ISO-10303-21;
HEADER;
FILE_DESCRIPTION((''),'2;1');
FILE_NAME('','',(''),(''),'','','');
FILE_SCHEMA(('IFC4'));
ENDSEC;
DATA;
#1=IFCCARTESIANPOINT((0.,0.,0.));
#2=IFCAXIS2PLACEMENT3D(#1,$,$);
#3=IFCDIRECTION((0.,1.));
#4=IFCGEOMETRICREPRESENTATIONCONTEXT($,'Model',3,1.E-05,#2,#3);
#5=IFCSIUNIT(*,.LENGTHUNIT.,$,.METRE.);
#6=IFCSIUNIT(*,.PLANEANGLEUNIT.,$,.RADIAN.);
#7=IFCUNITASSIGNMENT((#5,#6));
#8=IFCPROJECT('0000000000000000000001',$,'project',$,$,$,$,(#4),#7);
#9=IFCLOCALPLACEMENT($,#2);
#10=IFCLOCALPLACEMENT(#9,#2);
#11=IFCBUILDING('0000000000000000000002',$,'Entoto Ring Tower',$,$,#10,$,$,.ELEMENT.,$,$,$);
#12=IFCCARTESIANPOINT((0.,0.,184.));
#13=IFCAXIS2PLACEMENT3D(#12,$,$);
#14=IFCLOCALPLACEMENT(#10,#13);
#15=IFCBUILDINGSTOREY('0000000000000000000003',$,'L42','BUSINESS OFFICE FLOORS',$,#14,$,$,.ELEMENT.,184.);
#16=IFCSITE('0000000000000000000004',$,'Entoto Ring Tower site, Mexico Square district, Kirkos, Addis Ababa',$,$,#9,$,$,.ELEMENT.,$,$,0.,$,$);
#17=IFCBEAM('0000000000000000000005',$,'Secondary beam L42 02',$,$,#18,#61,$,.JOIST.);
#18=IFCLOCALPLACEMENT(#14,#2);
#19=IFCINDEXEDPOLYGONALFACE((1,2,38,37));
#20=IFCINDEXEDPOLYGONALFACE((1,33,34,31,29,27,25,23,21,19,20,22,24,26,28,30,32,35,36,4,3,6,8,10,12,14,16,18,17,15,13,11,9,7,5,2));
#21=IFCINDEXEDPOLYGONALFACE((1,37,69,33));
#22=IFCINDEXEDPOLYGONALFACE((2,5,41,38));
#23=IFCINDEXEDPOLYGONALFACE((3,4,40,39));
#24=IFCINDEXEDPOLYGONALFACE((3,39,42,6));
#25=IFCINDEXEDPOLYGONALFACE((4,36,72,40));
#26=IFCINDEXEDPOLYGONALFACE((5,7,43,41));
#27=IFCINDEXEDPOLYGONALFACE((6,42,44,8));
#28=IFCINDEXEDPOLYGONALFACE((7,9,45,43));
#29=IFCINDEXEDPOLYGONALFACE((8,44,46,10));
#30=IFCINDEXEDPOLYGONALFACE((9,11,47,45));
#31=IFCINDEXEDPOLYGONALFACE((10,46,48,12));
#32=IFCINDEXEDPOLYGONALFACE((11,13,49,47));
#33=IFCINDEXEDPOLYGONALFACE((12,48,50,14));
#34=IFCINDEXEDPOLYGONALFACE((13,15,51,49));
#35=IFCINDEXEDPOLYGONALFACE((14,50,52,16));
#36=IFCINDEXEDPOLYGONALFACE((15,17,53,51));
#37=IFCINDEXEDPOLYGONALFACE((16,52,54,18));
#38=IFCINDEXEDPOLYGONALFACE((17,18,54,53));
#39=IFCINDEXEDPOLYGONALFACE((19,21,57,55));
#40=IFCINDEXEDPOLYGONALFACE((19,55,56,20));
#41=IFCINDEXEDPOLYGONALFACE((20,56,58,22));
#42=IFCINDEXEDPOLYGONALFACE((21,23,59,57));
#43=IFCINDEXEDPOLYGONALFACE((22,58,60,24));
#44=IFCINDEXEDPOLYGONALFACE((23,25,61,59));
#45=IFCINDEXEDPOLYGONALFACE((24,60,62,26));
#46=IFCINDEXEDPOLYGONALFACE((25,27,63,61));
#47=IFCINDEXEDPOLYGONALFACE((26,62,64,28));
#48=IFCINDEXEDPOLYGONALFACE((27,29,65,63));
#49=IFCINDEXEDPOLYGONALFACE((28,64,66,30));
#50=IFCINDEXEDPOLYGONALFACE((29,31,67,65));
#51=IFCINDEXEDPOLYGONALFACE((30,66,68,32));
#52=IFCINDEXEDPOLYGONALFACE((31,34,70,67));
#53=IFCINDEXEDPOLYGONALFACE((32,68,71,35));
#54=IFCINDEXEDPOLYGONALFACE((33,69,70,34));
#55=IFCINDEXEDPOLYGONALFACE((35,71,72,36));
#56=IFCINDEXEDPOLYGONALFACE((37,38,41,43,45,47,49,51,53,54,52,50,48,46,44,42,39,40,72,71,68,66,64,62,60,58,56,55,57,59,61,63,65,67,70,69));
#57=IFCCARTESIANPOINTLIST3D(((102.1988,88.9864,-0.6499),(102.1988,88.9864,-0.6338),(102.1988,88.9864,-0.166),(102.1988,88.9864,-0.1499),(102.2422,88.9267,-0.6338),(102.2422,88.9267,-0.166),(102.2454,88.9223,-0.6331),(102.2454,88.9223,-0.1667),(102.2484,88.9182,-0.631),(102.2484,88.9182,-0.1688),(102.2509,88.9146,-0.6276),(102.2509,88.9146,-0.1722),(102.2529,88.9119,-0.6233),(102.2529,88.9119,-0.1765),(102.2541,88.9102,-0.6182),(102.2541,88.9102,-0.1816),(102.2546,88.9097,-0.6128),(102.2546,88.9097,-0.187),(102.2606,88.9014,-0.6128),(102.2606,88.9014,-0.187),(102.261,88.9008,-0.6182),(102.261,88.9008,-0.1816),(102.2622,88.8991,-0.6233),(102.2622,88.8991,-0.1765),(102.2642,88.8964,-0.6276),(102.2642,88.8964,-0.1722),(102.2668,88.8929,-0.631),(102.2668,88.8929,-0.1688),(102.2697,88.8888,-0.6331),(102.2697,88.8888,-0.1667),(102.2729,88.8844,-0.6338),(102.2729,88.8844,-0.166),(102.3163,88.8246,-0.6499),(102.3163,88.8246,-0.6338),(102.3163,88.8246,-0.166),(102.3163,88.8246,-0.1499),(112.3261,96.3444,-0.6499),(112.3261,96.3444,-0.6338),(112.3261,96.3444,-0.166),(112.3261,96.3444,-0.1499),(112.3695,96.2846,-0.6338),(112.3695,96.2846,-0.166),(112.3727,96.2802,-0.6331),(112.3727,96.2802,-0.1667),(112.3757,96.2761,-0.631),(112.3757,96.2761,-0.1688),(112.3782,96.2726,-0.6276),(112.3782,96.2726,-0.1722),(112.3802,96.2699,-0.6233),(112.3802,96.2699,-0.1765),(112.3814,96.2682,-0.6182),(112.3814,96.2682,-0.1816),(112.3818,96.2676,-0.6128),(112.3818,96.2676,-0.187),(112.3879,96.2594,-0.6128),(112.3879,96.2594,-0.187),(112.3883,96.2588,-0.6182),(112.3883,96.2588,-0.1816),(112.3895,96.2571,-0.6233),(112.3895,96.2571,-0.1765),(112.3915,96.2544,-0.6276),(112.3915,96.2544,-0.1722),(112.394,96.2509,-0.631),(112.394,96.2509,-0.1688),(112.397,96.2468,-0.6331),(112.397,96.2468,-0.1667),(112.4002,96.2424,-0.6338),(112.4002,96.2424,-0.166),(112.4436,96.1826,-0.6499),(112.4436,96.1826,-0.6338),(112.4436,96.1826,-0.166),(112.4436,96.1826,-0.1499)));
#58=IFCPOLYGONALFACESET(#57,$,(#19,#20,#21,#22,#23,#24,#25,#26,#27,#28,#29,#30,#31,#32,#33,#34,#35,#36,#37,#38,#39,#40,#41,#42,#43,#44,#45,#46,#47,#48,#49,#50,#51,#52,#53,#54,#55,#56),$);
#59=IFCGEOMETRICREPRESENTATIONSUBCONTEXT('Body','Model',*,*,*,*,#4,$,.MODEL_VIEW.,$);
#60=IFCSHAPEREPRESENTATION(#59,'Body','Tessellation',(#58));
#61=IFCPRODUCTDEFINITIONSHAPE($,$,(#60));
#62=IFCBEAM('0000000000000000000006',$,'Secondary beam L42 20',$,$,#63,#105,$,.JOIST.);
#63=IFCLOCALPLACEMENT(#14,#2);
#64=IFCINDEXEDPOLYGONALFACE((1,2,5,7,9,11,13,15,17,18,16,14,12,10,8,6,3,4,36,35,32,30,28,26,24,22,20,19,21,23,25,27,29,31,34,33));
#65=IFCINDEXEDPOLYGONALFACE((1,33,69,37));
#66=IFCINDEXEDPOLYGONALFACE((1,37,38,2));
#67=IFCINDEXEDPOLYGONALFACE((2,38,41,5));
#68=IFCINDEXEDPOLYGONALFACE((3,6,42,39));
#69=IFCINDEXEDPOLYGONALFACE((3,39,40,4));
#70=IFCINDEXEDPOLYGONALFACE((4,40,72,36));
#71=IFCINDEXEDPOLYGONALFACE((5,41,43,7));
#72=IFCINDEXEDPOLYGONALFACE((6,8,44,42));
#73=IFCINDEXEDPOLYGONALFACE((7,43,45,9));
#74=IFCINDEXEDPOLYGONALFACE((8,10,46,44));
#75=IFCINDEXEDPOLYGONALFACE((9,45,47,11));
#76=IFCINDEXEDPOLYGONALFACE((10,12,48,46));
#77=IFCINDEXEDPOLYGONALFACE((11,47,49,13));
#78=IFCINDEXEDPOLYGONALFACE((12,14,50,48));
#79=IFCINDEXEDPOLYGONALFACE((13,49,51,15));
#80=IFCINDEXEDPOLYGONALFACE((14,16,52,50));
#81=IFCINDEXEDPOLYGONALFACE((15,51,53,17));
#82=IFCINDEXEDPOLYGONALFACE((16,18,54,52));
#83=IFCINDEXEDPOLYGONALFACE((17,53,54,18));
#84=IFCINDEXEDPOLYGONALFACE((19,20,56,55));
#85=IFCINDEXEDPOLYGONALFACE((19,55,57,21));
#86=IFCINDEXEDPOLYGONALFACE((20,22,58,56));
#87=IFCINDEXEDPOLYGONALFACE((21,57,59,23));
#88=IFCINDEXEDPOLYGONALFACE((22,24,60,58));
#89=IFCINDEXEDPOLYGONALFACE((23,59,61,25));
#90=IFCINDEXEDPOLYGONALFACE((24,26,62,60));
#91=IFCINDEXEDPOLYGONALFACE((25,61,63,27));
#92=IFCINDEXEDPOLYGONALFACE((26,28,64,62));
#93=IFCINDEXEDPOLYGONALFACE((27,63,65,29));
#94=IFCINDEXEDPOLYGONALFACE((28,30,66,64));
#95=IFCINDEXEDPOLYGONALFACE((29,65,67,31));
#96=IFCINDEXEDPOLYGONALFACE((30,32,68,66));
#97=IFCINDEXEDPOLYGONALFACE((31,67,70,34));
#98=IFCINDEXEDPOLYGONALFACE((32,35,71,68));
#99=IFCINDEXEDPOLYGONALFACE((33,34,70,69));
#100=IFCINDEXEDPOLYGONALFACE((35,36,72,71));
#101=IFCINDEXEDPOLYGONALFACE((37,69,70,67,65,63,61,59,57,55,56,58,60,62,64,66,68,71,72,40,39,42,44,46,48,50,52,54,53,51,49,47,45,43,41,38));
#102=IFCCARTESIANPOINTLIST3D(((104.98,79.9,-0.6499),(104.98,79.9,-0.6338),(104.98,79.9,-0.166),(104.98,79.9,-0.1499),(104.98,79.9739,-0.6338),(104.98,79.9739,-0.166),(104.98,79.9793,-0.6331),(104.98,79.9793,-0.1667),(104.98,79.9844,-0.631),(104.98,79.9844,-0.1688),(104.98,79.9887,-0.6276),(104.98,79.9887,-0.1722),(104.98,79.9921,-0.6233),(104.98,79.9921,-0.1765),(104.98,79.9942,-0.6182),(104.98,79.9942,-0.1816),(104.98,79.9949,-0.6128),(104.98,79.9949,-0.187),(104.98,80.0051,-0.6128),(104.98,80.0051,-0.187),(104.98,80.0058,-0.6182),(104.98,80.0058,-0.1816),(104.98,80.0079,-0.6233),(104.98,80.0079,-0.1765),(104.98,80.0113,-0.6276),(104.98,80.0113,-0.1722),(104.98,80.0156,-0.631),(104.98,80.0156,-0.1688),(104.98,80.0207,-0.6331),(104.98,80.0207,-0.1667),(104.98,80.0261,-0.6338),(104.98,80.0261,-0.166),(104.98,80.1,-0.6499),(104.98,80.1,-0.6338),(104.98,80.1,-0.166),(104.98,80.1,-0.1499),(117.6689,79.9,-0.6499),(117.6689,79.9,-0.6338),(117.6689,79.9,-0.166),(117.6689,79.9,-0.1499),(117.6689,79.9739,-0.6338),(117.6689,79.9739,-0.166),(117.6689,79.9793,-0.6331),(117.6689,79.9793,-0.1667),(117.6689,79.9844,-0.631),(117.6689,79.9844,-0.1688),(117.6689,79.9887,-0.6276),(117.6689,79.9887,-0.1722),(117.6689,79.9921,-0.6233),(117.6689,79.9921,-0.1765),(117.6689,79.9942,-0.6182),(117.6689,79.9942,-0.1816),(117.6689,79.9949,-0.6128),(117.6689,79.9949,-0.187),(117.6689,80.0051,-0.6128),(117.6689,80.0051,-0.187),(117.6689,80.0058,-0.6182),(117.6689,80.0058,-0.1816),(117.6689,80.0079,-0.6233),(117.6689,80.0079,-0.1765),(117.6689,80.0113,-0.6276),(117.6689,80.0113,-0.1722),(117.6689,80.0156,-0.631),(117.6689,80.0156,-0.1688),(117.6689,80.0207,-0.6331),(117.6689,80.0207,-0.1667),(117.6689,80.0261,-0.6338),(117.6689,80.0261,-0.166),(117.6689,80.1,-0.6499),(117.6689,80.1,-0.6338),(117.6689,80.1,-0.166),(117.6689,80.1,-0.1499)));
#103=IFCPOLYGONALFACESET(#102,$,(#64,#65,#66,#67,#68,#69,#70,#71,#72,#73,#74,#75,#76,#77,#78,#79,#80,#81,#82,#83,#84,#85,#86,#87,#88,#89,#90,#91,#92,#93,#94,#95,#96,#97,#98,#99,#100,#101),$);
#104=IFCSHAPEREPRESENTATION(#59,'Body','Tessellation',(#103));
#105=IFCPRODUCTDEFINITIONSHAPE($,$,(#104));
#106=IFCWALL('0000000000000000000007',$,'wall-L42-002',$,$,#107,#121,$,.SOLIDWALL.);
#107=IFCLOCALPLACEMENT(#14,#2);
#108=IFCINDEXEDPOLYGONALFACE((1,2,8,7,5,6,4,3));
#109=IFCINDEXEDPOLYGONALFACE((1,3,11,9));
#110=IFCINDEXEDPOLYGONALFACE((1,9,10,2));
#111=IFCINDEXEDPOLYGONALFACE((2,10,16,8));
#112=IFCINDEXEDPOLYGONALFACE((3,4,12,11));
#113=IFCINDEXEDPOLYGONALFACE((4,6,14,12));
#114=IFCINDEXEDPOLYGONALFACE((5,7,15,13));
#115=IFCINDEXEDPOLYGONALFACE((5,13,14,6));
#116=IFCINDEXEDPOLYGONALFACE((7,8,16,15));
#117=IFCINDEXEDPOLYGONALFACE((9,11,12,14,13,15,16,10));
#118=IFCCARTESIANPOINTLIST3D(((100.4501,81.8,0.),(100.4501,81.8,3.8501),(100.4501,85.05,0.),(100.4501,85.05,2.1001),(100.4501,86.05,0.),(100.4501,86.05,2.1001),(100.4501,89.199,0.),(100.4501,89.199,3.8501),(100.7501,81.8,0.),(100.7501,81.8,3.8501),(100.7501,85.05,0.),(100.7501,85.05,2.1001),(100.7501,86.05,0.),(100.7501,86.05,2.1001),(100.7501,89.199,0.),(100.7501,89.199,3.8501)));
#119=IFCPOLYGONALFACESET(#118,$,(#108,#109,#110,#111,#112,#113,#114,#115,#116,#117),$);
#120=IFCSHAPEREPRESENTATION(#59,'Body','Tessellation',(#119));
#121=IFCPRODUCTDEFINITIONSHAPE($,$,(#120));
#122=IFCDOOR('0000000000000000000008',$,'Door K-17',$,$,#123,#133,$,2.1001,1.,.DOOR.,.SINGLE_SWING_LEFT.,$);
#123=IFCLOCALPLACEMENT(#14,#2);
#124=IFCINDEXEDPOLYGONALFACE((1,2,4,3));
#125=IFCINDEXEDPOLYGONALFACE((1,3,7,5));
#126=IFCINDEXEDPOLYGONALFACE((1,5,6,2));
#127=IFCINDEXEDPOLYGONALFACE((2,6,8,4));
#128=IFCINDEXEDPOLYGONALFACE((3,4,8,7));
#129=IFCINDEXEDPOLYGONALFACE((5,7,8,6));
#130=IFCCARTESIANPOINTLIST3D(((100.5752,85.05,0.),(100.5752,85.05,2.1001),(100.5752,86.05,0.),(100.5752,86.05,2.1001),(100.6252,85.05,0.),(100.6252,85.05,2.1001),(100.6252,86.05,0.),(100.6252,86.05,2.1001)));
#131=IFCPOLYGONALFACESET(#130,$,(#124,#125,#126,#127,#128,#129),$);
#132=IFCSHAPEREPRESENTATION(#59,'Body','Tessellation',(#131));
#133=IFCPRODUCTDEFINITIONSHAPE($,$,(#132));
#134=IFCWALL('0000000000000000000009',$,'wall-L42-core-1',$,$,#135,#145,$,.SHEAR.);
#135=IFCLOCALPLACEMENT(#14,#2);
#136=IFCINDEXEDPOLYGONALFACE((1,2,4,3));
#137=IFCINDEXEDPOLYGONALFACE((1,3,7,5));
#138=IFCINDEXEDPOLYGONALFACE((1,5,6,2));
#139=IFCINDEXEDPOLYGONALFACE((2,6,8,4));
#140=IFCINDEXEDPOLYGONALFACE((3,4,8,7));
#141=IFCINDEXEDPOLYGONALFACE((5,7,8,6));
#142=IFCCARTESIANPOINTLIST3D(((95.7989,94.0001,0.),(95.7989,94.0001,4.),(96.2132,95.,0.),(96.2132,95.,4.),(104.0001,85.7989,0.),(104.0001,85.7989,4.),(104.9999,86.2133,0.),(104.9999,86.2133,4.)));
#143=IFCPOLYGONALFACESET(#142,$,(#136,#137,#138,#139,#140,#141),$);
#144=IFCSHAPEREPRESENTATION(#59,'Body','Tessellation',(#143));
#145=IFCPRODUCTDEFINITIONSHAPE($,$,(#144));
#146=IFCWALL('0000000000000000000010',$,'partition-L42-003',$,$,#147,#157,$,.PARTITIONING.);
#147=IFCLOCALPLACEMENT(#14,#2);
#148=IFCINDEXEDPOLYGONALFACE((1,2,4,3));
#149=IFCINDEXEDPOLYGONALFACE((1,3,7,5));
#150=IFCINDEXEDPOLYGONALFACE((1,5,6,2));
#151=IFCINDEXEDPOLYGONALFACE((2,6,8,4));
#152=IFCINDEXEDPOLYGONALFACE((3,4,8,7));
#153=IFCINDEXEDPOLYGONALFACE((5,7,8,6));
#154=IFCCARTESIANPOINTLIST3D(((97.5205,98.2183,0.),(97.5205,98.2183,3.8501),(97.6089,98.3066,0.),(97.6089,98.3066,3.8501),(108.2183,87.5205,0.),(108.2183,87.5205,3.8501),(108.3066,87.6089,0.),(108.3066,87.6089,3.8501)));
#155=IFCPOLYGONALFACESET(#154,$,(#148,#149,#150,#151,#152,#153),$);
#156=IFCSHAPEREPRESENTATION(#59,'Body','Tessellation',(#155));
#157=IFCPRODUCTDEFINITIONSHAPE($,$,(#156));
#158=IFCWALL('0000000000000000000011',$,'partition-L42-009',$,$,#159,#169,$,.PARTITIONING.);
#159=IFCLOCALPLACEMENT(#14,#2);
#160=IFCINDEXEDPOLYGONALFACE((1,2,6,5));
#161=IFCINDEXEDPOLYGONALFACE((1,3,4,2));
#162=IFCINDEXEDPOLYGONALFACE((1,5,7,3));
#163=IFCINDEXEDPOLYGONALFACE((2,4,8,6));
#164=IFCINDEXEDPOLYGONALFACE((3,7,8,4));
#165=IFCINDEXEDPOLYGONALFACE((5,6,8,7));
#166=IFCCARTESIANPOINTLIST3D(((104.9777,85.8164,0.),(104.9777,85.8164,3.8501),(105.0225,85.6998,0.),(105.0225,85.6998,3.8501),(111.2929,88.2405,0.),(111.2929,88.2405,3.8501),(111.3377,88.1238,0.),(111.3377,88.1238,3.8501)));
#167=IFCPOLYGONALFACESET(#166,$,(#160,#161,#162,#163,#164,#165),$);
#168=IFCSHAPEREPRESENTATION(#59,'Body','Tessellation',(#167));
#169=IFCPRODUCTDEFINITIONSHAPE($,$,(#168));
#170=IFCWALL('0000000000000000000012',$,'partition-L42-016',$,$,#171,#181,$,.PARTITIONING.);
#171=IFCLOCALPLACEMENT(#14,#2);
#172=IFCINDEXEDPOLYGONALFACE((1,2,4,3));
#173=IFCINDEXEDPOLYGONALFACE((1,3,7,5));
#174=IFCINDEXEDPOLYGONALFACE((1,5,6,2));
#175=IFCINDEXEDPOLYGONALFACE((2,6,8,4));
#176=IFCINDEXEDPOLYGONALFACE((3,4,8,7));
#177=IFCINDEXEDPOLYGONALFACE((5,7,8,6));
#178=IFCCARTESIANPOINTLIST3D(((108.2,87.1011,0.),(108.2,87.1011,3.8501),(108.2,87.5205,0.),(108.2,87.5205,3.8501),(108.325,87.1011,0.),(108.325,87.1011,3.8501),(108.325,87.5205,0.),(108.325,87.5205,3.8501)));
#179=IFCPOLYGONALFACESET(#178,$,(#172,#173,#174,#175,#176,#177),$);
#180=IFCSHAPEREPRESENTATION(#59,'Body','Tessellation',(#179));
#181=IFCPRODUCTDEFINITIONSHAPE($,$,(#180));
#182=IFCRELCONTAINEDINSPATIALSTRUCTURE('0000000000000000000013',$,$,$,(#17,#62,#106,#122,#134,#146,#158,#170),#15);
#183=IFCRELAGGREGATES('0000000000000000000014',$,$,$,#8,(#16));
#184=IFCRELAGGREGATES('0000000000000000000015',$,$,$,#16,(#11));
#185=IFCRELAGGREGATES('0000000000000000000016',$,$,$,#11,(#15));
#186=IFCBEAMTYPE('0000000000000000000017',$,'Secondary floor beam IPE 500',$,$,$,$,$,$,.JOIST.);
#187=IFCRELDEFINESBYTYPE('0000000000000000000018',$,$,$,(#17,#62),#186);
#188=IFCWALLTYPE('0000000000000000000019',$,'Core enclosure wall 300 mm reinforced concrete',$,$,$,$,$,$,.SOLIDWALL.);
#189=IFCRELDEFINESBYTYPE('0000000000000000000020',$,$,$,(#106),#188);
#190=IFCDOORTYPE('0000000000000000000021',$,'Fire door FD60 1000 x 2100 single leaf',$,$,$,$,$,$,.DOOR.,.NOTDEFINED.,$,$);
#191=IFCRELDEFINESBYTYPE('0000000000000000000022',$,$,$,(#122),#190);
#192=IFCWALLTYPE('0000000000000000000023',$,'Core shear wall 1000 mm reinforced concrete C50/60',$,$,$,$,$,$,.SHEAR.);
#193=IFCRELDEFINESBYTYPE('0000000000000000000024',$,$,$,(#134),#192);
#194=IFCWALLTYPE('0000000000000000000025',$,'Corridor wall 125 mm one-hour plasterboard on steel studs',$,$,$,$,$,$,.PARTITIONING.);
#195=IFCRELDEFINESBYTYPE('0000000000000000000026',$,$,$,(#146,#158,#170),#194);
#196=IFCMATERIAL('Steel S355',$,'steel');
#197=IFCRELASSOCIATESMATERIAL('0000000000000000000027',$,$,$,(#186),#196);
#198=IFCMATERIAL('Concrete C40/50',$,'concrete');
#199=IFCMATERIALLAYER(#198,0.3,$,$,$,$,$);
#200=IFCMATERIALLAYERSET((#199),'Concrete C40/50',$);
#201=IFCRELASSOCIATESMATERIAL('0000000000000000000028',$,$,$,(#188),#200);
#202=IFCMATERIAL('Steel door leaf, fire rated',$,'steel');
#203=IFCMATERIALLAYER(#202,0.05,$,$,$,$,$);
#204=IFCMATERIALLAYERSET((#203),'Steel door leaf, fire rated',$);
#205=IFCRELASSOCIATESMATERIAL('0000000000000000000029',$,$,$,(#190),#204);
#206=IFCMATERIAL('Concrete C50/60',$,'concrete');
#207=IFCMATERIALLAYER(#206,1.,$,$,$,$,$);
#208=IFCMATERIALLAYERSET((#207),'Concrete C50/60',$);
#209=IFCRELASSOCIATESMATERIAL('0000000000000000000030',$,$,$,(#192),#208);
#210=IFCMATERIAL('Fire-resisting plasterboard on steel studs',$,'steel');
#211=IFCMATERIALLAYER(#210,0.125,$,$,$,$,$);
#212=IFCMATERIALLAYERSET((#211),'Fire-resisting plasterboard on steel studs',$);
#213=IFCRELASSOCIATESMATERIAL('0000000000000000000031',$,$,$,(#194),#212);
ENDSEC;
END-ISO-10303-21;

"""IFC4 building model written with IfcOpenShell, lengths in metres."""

from ifc_helpers import new_model, si_unit, direction, frame, frame_2d, origin, origin_2d, place, context, subcontext, project, spatial, polyline, rectangle, i_section, outline, extrude, material, layer, layer_set, material_profile, profile_set, type_object, element, fill, save


model = new_model("IFC4")

# Units and contexts
model_context = context("Model", 3, precision=1e-05, world=origin(), true_north=direction((0.0, 1.0)))
body_context = subcontext(model_context, "Body", "Model", "MODEL_VIEW")
ifc_project = project(units=[si_unit("LENGTHUNIT", "METRE"), si_unit("PLANEANGLEUNIT", "RADIAN")], contexts=[model_context])

# Site, building, storey
site_placement = place(None, origin())
site = spatial("IfcSite", under=ifc_project, at=site_placement, Name="Entoto Ring Tower site, Mexico Square district, Kirkos, Addis Ababa", CompositionType="ELEMENT", RefElevation=0.0)
building_placement = place(site_placement, origin())
building = spatial("IfcBuilding", under=site, at=building_placement, Name="Entoto Ring Tower", CompositionType="ELEMENT")
storey_placement = place(building_placement, frame((0.0, 0.0, 184.0)))
storey = spatial("IfcBuildingStorey", under=building, at=storey_placement, Name="L42", Description="BUSINESS OFFICE FLOORS", CompositionType="ELEMENT", Elevation=184.0)

# Beams
ifc_material_1 = material(Name="Steel S355", Category="steel")
ifc_material_profile_1 = material_profile(ifc_material_1, i_section(OverallWidth=0.2, OverallDepth=0.5, WebThickness=0.0103, FlangeThickness=0.0161, FilletRadius=0.021, at=origin_2d()), Name="IPE 500")
ifc_profile_set_1 = profile_set([ifc_material_profile_1], Name="Steel S355")
beam_type_1 = type_object("IfcBeamType", Name="Secondary floor beam IPE 500", PredefinedType="JOIST", material=ifc_profile_set_1)
beam_1_placement = place(storey_placement, frame((102.2576, 88.9055, -0.3999), z_axis=(0.809014, 0.587789, 0.0), x_axis=(-0.587789, 0.809014, 0.0)))
element("IfcBeam", 1, at=beam_1_placement, inside=storey, type_object=beam_type_1, Name="Secondary beam L42 02", PredefinedType="JOIST", context=body_context, shape_type="SweptSolid", body=[
    extrude(i_section(OverallWidth=0.2, OverallDepth=0.5, WebThickness=0.0103, FlangeThickness=0.0161, FilletRadius=0.021, at=origin_2d()), origin(), (0.0, 0.0, 1.0), 12.5181),
])
beam_2_placement = place(storey_placement, frame((104.98, 80.0, -0.3999), z_axis=(1.0, 0.0, 0.0), x_axis=(0.0, 1.0, 0.0)))
element("IfcBeam", 2, at=beam_2_placement, inside=storey, type_object=beam_type_1, Name="Secondary beam L42 20", PredefinedType="JOIST", context=body_context, shape_type="SweptSolid", body=[
    extrude(i_section(OverallWidth=0.2, OverallDepth=0.5, WebThickness=0.0103, FlangeThickness=0.0161, FilletRadius=0.021, at=origin_2d()), origin(), (0.0, 0.0, 1.0), 12.689),
])

# Wall, opening, door
ifc_material_2 = material(Name="Concrete C40/50", Category="concrete")
ifc_layer_1 = layer(ifc_material_2, 0.3)
ifc_layer_set_1 = layer_set([ifc_layer_1], Name="Concrete C40/50")
wall_type_1 = type_object("IfcWallType", Name="Core enclosure wall 300 mm reinforced concrete", PredefinedType="SOLIDWALL", material=ifc_layer_set_1)
wall_1_placement = place(storey_placement, frame((100.6001, 81.8, 0.0), z_axis=(0.0, 0.0, 1.0), x_axis=(0.0, 1.0, 0.0)))
wall_1 = element("IfcWall", 3, at=wall_1_placement, inside=storey, type_object=wall_type_1, Name="wall-L42-002", PredefinedType="SOLIDWALL", context=body_context, shape_type="SweptSolid", body=[
    extrude(rectangle(XDim=7.3989, YDim=0.3, at=frame_2d((3.6995, 0.0))), origin(), (0.0, 0.0, 1.0), 3.8501),
])
opening_1_placement = place(wall_1_placement, frame((3.25, 0.0, 0.0)))
opening_1 = element("IfcOpeningElement", 4, at=opening_1_placement, cuts=wall_1, PredefinedType="OPENING", context=body_context, shape_type="SweptSolid", body=[
    extrude(rectangle(XDim=1.0, YDim=2.1001, at=frame_2d((0.5, 1.05))), frame((0.0, 0.1602, 0.0), z_axis=(0.0, -1.0, 0.0), x_axis=(1.0, 0.0, 0.0)), (0.0, 0.0, 1.0), 0.3201),
])
ifc_material_3 = material(Name="Steel door leaf, fire rated", Category="steel")
ifc_layer_2 = layer(ifc_material_3, 0.05)
ifc_layer_set_2 = layer_set([ifc_layer_2], Name="Steel door leaf, fire rated")
door_type_1 = type_object("IfcDoorType", Name="Fire door FD60 1000 x 2100 single leaf", OperationType="NOTDEFINED", PredefinedType="DOOR", material=ifc_layer_set_2)
door_1_placement = place(opening_1_placement, origin())
door_1 = element("IfcDoor", 5, at=door_1_placement, inside=storey, type_object=door_type_1, Name="Door K-17", OperationType="SINGLE_SWING_LEFT", OverallHeight=2.1001, OverallWidth=1.0, PredefinedType="DOOR", context=body_context, shape_type="SweptSolid", body=[
    extrude(rectangle(XDim=1.0, YDim=2.1001, at=frame_2d((0.5, 1.05))), frame((0.0, 0.0249, 0.0), z_axis=(0.0, -1.0, 0.0), x_axis=(1.0, 0.0, 0.0)), (0.0, 0.0, 1.0), 0.05),
])
fill(opening_1, door_1)

# Walls
ifc_material_4 = material(Name="Concrete C50/60", Category="concrete")
ifc_layer_3 = layer(ifc_material_4, 1.0)
ifc_layer_set_3 = layer_set([ifc_layer_3], Name="Concrete C50/60")
wall_type_2 = type_object("IfcWallType", Name="Core shear wall 1000 mm reinforced concrete C50/60", PredefinedType="SHEAR", material=ifc_layer_set_3)
wall_2_placement = place(storey_placement, frame((104.5, 86.0061, 0.0), z_axis=(0.0, 0.0, 1.0), x_axis=(-0.707107, 0.707107, 0.0)))
element("IfcWall", 6, at=wall_2_placement, inside=storey, type_object=wall_type_2, Name="wall-L42-core-1", PredefinedType="SHEAR", context=body_context, shape_type="SweptSolid", body=[
    extrude(outline(polyline([(-0.207, -0.5), (12.2192, -0.5), (11.8052, 0.5), (0.207, 0.5), (-0.207, -0.5)])), origin(), (0.0, 0.0, 1.0), 4.0),
])
ifc_material_5 = material(Name="Fire-resisting plasterboard on steel studs", Category="steel")
ifc_layer_4 = layer(ifc_material_5, 0.125)
ifc_layer_set_4 = layer_set([ifc_layer_4], Name="Fire-resisting plasterboard on steel studs")
wall_type_3 = type_object("IfcWallType", Name="Corridor wall 125 mm one-hour plasterboard on steel studs", PredefinedType="PARTITIONING", material=ifc_layer_set_4)
wall_3_placement = place(storey_placement, frame((108.2625, 87.5647, 0.0), z_axis=(0.0, 0.0, 1.0), x_axis=(-0.707107, 0.707107, 0.0)))
element("IfcWall", 7, at=wall_3_placement, inside=storey, type_object=wall_type_3, Name="partition-L42-003", PredefinedType="PARTITIONING", context=body_context, shape_type="SweptSolid", body=[
    extrude(rectangle(XDim=15.1289, YDim=0.125, at=frame_2d((7.5645, 0.0))), origin(), (0.0, 0.0, 1.0), 3.8501),
])
wall_4_placement = place(storey_placement, frame((105.0, 85.7581, 0.0), z_axis=(0.0, 0.0, 1.0), x_axis=(0.933585, 0.358355, 0.0)))
element("IfcWall", 8, at=wall_4_placement, inside=storey, type_object=wall_type_3, Name="partition-L42-009", PredefinedType="PARTITIONING", context=body_context, shape_type="SweptSolid", body=[
    extrude(rectangle(XDim=6.7644, YDim=0.125, at=frame_2d((3.3823, 0.0))), origin(), (0.0, 0.0, 1.0), 3.8501),
])
wall_5_placement = place(storey_placement, frame((108.2625, 87.1011, 0.0), z_axis=(0.0, 0.0, 1.0), x_axis=(0.0, 1.0, 0.0)))
element("IfcWall", 9, at=wall_5_placement, inside=storey, type_object=wall_type_3, Name="partition-L42-016", PredefinedType="PARTITIONING", context=body_context, shape_type="SweptSolid", body=[
    extrude(rectangle(XDim=0.4194, YDim=0.125, at=frame_2d((0.2097, 0.0))), origin(), (0.0, 0.0, 1.0), 3.8501),
])

save(model, "model.ifc")
